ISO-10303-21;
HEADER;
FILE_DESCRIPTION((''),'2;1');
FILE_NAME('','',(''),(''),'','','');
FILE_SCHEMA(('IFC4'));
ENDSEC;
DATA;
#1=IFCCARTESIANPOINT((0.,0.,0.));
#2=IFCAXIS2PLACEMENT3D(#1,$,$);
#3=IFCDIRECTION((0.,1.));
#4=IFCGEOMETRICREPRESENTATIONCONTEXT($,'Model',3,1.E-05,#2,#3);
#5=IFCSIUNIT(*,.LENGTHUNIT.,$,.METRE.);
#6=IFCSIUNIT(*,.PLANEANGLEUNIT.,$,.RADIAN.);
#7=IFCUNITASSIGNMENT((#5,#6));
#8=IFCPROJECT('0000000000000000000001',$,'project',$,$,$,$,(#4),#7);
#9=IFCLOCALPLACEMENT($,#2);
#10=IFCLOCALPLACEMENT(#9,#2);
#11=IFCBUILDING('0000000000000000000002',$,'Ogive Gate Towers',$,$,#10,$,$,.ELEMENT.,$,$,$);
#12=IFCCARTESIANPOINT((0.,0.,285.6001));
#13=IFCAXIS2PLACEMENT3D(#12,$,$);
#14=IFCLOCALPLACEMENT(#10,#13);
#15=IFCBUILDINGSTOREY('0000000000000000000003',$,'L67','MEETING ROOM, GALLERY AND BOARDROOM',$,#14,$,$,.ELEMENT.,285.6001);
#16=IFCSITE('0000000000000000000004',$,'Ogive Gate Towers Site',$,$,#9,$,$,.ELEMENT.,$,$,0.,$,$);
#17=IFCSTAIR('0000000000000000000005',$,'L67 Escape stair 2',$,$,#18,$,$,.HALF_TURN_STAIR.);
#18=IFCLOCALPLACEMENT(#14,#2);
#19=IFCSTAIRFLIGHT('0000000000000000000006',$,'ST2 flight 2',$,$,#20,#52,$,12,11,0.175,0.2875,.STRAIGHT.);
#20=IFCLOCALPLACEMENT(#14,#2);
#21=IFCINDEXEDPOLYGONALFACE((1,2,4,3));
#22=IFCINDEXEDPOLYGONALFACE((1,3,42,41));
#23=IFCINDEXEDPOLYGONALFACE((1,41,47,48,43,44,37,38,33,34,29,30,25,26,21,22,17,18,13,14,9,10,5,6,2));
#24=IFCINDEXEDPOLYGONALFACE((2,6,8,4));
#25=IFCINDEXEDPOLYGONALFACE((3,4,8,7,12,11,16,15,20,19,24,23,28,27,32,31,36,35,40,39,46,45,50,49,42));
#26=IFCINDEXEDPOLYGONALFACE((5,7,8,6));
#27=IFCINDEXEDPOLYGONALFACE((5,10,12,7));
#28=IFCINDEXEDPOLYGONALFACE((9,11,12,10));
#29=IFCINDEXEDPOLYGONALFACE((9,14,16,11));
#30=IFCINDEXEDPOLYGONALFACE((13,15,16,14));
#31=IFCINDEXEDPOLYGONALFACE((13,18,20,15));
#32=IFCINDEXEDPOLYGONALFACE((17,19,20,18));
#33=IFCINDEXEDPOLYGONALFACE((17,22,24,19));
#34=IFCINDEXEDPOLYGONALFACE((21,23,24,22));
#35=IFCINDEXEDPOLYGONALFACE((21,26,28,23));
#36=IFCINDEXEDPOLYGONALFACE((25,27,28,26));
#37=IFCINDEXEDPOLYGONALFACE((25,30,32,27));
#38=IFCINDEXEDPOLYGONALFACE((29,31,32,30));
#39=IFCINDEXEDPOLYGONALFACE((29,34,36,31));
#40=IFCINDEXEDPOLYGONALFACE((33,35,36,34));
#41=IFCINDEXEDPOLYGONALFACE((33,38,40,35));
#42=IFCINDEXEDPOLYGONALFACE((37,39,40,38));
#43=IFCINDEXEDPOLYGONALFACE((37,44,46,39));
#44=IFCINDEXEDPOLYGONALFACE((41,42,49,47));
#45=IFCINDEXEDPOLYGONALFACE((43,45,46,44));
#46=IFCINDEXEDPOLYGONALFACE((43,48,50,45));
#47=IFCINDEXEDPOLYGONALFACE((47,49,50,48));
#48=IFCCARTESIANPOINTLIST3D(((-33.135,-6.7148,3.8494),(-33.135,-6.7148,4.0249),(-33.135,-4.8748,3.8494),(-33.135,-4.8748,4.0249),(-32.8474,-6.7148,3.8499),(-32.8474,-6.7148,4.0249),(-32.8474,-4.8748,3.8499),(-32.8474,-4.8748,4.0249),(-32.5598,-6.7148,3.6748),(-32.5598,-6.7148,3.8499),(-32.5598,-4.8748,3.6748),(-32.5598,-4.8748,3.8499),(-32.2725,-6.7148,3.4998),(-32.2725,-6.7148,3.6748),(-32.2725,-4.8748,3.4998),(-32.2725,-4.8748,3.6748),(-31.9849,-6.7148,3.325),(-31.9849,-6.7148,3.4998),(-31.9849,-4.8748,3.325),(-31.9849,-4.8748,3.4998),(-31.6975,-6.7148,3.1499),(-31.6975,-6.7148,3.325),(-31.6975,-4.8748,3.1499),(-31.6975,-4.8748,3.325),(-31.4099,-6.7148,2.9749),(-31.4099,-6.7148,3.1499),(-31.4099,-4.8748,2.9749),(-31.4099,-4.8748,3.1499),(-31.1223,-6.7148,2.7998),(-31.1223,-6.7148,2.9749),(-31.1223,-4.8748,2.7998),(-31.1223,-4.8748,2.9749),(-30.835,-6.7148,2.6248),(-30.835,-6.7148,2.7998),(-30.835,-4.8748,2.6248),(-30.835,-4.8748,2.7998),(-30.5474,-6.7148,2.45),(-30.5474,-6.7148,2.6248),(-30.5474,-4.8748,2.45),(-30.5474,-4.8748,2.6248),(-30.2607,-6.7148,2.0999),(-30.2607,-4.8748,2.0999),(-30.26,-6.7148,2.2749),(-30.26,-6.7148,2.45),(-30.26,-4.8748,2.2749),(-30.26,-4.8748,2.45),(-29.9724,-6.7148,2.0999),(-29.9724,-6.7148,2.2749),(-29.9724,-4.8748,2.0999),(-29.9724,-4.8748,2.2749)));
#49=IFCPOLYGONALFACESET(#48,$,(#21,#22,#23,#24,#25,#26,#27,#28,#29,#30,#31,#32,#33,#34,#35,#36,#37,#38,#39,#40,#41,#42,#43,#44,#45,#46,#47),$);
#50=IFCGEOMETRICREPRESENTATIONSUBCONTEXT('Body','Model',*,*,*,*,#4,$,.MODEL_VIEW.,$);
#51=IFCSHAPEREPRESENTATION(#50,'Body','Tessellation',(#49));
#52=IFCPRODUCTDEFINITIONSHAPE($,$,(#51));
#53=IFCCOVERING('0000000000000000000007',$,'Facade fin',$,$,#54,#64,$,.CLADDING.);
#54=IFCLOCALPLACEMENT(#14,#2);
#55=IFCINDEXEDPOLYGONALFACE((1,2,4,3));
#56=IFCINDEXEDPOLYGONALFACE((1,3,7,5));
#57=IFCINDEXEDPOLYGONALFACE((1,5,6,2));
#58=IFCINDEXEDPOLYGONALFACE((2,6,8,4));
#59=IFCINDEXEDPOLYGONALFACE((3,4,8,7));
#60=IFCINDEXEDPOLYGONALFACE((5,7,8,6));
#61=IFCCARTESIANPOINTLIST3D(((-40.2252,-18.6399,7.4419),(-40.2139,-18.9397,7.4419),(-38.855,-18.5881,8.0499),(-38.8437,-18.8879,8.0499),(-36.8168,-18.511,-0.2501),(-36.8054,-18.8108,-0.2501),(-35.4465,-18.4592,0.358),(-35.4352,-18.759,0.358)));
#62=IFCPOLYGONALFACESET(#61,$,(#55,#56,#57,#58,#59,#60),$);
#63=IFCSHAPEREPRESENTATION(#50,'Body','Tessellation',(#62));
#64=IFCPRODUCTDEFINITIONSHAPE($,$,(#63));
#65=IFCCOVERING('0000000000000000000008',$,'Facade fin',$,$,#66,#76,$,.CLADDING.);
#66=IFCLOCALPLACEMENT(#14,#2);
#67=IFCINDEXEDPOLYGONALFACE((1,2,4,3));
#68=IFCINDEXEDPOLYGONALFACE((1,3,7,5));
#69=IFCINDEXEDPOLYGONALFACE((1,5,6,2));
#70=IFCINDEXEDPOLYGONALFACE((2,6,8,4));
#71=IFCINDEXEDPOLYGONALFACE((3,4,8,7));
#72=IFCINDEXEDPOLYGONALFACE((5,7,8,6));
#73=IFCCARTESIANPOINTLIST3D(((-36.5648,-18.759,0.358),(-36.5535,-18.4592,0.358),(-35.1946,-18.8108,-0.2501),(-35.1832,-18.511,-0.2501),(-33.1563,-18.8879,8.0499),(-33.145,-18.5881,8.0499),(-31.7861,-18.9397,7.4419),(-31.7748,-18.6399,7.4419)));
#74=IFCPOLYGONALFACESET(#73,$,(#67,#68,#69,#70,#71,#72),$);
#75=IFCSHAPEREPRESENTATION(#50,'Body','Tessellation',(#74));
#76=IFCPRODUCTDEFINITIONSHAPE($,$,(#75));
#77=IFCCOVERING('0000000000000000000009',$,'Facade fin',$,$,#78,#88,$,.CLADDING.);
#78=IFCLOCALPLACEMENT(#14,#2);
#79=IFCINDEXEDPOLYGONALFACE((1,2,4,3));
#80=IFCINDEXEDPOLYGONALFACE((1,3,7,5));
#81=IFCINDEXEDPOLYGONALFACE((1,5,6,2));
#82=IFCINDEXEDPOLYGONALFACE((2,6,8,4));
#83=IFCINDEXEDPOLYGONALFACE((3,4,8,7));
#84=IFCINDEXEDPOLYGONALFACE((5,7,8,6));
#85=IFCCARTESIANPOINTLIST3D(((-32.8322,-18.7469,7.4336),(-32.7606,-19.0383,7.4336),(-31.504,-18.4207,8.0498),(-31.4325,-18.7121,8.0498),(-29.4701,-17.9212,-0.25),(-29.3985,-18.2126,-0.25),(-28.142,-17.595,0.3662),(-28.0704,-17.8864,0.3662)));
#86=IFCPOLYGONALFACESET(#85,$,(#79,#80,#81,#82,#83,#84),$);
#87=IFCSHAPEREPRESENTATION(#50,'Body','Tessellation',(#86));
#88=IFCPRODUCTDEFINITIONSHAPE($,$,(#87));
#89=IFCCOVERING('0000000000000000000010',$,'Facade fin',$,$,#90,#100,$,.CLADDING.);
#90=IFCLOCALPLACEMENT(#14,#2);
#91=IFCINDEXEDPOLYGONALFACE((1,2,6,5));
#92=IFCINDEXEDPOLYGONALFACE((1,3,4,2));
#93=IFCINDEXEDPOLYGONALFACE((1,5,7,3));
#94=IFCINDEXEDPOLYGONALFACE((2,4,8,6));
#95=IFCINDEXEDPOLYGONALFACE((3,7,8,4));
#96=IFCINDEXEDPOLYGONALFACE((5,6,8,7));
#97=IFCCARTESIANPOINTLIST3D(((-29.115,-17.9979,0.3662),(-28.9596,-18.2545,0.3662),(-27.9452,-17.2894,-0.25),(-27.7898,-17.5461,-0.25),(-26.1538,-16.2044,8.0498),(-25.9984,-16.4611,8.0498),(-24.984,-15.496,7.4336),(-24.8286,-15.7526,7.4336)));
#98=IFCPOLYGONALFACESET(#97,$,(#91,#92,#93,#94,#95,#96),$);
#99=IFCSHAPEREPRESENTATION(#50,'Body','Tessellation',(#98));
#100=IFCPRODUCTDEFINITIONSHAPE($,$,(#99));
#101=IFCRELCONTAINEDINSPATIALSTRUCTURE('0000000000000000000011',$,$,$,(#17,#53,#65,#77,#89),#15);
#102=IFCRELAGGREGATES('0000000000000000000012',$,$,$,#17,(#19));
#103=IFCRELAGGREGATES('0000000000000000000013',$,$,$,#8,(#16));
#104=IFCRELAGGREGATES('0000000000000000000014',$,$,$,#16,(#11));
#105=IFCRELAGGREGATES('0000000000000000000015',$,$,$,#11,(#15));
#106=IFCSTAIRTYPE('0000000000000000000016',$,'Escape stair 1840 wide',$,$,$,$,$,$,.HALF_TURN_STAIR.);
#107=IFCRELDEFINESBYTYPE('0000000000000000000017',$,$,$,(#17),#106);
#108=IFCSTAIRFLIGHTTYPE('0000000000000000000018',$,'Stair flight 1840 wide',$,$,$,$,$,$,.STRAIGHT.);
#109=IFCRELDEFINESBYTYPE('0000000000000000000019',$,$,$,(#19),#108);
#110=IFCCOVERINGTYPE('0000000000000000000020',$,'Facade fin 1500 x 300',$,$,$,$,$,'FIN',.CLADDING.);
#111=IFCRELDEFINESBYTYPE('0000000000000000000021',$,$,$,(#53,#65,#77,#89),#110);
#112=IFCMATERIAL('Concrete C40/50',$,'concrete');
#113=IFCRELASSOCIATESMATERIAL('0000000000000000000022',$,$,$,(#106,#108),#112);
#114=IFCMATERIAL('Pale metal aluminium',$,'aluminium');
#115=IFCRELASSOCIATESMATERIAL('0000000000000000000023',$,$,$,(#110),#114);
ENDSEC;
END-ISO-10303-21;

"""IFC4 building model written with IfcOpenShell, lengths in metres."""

from ifc_helpers import new_model, si_unit, direction, frame, origin, origin_2d, place, context, subcontext, project, spatial, polyline, rectangle, outline, extrude, material, material_profile, profile_set, type_object, element, aggregate, save


model = new_model("IFC4")

# Units and contexts
model_context = context("Model", 3, precision=1e-05, world=origin(), true_north=direction((0.0, 1.0)))
body_context = subcontext(model_context, "Body", "Model", "MODEL_VIEW")
ifc_project = project(units=[si_unit("LENGTHUNIT", "METRE"), si_unit("PLANEANGLEUNIT", "RADIAN")], contexts=[model_context])

# Site, building, storey
site_placement = place(None, origin())
site = spatial("IfcSite", under=ifc_project, at=site_placement, Name="Ogive Gate Towers Site", CompositionType="ELEMENT", RefElevation=0.0)
building_placement = place(site_placement, origin())
building = spatial("IfcBuilding", under=site, at=building_placement, Name="Ogive Gate Towers", CompositionType="ELEMENT")
storey_placement = place(building_placement, frame((0.0, 0.0, 285.6001)))
storey = spatial("IfcBuildingStorey", under=building, at=storey_placement, Name="L67", Description="MEETING ROOM, GALLERY AND BOARDROOM", CompositionType="ELEMENT", Elevation=285.6001)

# Shared definitions
ifc_material_1 = material(Name="Pale metal aluminium", Category="aluminium")

# Stair, stair flight
ifc_material_2 = material(Name="Concrete C40/50", Category="concrete")
stair_type = type_object("IfcStairType", Name="Escape stair 1840 wide", PredefinedType="HALF_TURN_STAIR", material=ifc_material_2)
stair_placement = place(storey_placement, origin())
stair = element("IfcStair", 1, at=stair_placement, inside=storey, type_object=stair_type, Name="L67 Escape stair 2", PredefinedType="HALF_TURN_STAIR")
stair_flight_type = type_object("IfcStairFlightType", Name="Stair flight 1840 wide", PredefinedType="STRAIGHT", material=ifc_material_2)
stair_flight_1_placement = place(storey_placement, frame((-29.9724, -5.7949, 2.0999), z_axis=(0.0, 0.0, 1.0), x_axis=(-1.0, 0.0, 0.0)))
stair_flight_1 = element("IfcStairFlight", 2, at=stair_flight_1_placement, type_object=stair_flight_type, Name="ST2 flight 2", NumberOfRisers=12, NumberOfTreads=11, PredefinedType="STRAIGHT", RiserHeight=0.175, TreadLength=0.2875, context=body_context, shape_type="SweptSolid", body=[
    extrude(outline(polyline([(0.0, 0.0), (0.0, 0.175), (0.2876, 0.175), (0.2876, 0.3501), (0.575, 0.3501), (0.575, 0.5249), (0.8625, 0.5249), (0.8625, 0.7), (1.1499, 0.7), (1.1499, 0.875), (1.4375, 0.875), (1.4375, 1.05), (1.7251, 1.05), (1.7251, 1.2251), (2.0125, 1.2251), (2.0125, 1.3999), (2.3, 1.3999), (2.3, 1.575), (2.5874, 1.575), (2.5874, 1.75), (2.875, 1.75), (2.875, 1.925), (3.1626, 1.925), (3.1626, 2.1001), (3.1626, 1.7495), (0.2883, 0.0), (0.0, 0.0)])), frame((0.0, 0.9199, 0.0), z_axis=(0.0, -1.0, 0.0), x_axis=(1.0, 0.0, 0.0)), (0.0, 0.0, 1.0), 1.8401),
])
aggregate(stair, [stair_flight_1])

# Coverings
ifc_material_profile_1 = material_profile(ifc_material_1, rectangle(XDim=0.3, YDim=1.5, at=origin_2d()), Name="1500 x 300 pale metal aluminium")
ifc_profile_set_1 = profile_set([ifc_material_profile_1], Name="Pale metal aluminium")
covering_type = type_object("IfcCoveringType", Name="Facade fin 1500 x 300", ElementType="FIN", PredefinedType="CLADDING", material=ifc_profile_set_1)
for number, where, z_axis, x_axis, name in (
    (3, (-36.126, -18.635, 0.054), (-0.405081, -0.01532, 0.914152), (0.037793, -0.999286, 0.0), "Facade fin"),
    (4, (-35.874, -18.635, 0.054), (0.405081, -0.01532, 0.914152), (0.037793, 0.999286, 0.0), "Facade fin"),
):
    element("IfcCovering", number, at=place(storey_placement, frame(where, z_axis=z_axis, x_axis=x_axis)), inside=storey, type_object=covering_type, Name=name, PredefinedType="CLADDING", context=body_context, shape_type="SweptSolid", body=[
        extrude(rectangle(XDim=0.3, YDim=1.5, at=origin_2d()), origin(), (0.0, 0.0, 1.0), 8.4143),
    ])
for number, where, z_axis, x_axis, name in (
    (5, (-28.7703, -17.9038, 0.0581), (-0.398939, -0.097975, 0.911728), (0.238501, -0.971142, 0.0), "Facade fin"),
    (6, (-28.4524, -17.772, 0.0581), (0.351371, 0.21281, 0.911729), (-0.518048, 0.855351, 0.0), "Facade fin"),
):
    element("IfcCovering", number, at=place(storey_placement, frame(where, z_axis=z_axis, x_axis=x_axis)), inside=storey, type_object=covering_type, Name=name, PredefinedType="CLADDING", context=body_context, shape_type="SweptSolid", body=[
        extrude(rectangle(XDim=0.3, YDim=1.5, at=origin_2d()), origin(), (0.0, 0.0, 1.0), 8.4275),
    ])

save(model, "model.ifc")
